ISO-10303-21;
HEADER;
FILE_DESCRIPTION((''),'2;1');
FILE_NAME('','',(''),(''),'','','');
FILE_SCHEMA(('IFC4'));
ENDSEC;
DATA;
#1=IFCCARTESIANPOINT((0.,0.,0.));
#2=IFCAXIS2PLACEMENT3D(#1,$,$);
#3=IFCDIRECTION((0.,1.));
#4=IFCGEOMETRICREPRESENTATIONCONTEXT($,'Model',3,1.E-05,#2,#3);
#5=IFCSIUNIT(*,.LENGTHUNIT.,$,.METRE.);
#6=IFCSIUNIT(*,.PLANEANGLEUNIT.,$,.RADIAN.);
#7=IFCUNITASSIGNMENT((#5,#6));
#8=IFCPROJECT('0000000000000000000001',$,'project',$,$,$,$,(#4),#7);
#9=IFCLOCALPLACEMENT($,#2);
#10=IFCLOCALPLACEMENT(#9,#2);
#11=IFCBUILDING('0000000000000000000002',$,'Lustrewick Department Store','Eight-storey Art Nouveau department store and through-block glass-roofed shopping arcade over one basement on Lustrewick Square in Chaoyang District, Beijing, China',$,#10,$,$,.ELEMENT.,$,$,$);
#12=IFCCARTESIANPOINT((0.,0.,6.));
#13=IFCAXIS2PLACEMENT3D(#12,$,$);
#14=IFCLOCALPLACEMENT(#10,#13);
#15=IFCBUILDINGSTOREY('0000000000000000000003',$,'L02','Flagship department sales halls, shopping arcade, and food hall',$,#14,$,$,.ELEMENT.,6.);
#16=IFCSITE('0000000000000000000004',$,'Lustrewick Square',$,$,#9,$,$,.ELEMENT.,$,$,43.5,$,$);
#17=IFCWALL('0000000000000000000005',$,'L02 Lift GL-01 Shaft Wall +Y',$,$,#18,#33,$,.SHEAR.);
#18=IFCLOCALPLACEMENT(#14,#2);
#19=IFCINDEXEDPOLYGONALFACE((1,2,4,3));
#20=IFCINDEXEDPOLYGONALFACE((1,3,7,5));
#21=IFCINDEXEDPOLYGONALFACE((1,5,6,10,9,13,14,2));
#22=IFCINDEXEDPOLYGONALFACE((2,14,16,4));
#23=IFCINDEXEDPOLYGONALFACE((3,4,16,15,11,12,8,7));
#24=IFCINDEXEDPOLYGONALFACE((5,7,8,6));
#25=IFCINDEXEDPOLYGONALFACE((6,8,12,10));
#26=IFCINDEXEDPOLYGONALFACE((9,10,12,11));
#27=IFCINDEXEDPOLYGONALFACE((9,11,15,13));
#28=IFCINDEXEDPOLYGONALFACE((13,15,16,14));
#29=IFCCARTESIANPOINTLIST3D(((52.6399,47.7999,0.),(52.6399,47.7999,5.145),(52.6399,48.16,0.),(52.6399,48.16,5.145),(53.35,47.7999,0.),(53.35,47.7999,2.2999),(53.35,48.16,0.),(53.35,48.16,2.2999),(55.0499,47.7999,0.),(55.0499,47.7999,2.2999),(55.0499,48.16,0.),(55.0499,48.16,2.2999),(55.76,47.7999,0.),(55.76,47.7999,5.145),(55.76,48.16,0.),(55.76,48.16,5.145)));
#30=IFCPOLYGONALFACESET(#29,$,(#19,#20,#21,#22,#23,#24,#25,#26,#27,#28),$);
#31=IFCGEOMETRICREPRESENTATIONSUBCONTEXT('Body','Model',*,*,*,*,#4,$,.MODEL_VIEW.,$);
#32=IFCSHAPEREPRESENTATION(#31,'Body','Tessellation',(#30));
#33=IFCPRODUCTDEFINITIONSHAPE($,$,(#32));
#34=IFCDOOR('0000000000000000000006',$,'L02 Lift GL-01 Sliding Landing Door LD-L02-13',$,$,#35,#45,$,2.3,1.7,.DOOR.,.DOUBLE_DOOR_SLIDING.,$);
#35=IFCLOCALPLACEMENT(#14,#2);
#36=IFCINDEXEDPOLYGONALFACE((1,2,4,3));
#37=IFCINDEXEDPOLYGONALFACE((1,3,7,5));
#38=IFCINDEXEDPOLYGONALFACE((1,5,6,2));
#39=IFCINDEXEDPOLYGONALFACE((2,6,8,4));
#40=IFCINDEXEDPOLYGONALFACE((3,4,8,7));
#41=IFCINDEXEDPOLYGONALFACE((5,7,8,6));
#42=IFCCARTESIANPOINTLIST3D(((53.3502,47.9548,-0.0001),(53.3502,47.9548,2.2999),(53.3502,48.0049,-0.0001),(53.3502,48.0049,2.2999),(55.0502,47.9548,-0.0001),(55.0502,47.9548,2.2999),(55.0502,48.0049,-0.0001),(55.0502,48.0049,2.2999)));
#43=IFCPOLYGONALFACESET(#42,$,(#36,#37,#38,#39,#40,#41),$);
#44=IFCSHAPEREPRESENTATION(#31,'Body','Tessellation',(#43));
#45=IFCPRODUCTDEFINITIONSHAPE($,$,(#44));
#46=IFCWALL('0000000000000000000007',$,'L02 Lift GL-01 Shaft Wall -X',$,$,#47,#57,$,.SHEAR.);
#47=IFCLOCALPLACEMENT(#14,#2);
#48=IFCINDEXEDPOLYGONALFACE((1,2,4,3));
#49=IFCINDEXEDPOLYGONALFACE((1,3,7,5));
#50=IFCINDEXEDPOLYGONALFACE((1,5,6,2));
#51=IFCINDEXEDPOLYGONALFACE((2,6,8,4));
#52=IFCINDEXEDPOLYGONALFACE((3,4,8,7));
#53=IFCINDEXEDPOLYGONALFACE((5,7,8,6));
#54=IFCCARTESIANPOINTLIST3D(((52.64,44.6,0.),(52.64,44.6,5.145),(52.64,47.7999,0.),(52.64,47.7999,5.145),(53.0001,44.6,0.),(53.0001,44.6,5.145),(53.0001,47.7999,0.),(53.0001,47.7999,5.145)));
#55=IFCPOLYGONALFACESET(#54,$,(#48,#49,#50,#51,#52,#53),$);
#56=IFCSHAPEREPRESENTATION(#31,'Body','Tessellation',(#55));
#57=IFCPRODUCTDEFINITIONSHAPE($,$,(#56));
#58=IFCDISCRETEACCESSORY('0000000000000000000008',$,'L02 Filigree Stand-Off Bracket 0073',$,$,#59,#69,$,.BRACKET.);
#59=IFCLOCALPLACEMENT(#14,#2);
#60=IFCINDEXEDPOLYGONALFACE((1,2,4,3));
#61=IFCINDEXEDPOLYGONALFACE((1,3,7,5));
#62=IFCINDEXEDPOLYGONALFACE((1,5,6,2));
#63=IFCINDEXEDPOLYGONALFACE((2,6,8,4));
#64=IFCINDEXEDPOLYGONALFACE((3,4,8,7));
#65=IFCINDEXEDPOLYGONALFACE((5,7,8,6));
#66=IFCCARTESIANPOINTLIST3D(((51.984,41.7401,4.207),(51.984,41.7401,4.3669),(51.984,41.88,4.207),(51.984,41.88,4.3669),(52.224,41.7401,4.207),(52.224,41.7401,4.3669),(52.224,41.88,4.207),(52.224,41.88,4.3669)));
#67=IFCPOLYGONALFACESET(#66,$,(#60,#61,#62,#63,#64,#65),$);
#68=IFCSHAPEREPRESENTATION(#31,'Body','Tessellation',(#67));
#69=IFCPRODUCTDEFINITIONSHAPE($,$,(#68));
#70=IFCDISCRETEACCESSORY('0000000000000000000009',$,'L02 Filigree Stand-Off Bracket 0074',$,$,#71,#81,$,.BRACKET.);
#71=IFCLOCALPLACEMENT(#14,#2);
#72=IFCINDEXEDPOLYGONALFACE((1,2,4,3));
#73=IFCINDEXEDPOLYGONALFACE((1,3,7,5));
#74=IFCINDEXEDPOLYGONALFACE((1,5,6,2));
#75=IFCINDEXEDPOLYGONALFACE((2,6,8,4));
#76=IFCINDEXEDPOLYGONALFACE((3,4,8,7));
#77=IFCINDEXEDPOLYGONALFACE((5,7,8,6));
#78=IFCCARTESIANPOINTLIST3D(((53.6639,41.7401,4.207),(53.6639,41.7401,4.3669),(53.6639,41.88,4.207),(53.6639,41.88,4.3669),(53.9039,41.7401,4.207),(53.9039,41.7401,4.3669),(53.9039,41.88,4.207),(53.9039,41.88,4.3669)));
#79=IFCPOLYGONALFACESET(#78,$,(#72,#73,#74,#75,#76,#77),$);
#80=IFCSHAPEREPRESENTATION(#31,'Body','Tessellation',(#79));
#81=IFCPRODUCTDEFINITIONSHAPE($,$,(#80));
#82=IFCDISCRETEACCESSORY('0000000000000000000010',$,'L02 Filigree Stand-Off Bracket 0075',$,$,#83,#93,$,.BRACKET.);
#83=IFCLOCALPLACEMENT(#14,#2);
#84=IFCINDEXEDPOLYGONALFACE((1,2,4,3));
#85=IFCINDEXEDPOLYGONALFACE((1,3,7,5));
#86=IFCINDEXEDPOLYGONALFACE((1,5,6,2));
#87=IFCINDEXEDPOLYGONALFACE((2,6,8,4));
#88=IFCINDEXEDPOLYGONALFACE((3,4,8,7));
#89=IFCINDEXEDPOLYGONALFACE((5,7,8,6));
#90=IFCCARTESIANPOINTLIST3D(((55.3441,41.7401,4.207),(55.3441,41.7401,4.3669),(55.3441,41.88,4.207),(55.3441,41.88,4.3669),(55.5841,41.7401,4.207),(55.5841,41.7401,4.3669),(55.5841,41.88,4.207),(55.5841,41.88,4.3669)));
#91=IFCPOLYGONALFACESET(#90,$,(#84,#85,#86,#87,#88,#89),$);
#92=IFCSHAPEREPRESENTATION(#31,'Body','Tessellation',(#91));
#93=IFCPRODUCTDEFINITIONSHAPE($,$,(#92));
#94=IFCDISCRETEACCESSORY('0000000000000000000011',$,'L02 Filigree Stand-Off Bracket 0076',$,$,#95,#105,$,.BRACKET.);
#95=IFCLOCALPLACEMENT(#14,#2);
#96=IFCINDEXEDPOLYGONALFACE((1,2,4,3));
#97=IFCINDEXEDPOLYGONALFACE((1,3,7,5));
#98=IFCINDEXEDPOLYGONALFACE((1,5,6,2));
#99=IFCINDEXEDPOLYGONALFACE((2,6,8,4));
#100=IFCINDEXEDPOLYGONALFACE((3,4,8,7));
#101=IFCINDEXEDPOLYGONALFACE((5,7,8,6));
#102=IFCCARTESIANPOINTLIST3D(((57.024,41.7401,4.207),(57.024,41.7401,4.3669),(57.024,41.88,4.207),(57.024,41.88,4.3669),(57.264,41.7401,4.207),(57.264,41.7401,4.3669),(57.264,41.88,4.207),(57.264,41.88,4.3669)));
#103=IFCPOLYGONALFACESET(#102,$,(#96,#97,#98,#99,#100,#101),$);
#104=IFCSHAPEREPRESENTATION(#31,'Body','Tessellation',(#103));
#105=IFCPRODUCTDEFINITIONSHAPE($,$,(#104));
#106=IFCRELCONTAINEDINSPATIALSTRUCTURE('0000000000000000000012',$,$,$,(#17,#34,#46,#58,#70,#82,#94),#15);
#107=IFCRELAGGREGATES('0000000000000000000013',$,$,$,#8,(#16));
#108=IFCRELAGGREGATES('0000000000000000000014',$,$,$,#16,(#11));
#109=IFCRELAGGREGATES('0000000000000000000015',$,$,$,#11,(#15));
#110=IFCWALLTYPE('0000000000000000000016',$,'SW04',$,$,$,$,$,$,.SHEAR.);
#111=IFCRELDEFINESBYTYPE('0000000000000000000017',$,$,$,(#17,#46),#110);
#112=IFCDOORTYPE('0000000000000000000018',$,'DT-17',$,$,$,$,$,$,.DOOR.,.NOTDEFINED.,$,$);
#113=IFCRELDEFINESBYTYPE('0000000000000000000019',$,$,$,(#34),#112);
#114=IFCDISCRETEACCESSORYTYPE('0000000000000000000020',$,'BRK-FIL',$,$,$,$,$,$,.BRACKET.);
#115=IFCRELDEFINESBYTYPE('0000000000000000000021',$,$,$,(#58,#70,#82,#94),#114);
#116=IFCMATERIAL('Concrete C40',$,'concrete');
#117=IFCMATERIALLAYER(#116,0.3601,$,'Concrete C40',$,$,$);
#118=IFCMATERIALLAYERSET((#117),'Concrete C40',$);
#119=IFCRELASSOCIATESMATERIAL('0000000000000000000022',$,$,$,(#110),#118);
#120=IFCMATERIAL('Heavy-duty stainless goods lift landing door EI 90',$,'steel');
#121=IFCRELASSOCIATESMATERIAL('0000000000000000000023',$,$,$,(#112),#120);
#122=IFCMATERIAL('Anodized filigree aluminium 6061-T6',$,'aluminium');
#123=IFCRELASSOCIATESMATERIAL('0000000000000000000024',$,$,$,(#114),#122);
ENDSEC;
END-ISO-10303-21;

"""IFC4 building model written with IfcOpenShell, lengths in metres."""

from ifc_helpers import new_model, si_unit, direction, frame, frame_2d, origin, origin_2d, place, context, subcontext, project, spatial, rectangle, extrude, material, layer, layer_set, type_object, element, fill, save


model = new_model("IFC4")

# Units and contexts
model_context = context("Model", 3, precision=1e-05, world=origin(), true_north=direction((0.0, 1.0)))
body_context = subcontext(model_context, "Body", "Model", "MODEL_VIEW")
ifc_project = project(units=[si_unit("LENGTHUNIT", "METRE"), si_unit("PLANEANGLEUNIT", "RADIAN")], contexts=[model_context])

# Site, building, storey
site_placement = place(None, origin())
site = spatial("IfcSite", under=ifc_project, at=site_placement, Name="Lustrewick Square", CompositionType="ELEMENT", RefElevation=43.5)
building_placement = place(site_placement, origin())
building = spatial("IfcBuilding", under=site, at=building_placement, Name="Lustrewick Department Store", Description="Eight-storey Art Nouveau department store and through-block glass-roofed shopping arcade over one basement on Lustrewick Square in Chaoyang District, Beijing, China", CompositionType="ELEMENT")
storey_placement = place(building_placement, frame((0.0, 0.0, 6.0)))
storey = spatial("IfcBuildingStorey", under=building, at=storey_placement, Name="L02", Description="Flagship department sales halls, shopping arcade, and food hall", CompositionType="ELEMENT", Elevation=6.0)

# Shared definitions
ifc_material_1 = material(Name="Concrete C40", Category="concrete")

# Shared definitions
ifc_layer_1 = layer(ifc_material_1, 0.3601, Name="Concrete C40")
ifc_layer_set_1 = layer_set([ifc_layer_1], Name="Concrete C40")
wall_type_1 = type_object("IfcWallType", Name="SW04", PredefinedType="SHEAR", material=ifc_layer_set_1)

# Wall, opening, door
wall_1_placement = place(storey_placement, frame((55.76, 47.98, 0.0), z_axis=(0.0, 0.0, 1.0), x_axis=(-1.0, 0.0, 0.0)))
wall_1 = element("IfcWall", 1, at=wall_1_placement, inside=storey, type_object=wall_type_1, Name="L02 Lift GL-01 Shaft Wall +Y", PredefinedType="SHEAR", context=body_context, shape_type="SweptSolid", body=[
    extrude(rectangle(XDim=3.1201, YDim=0.3601, at=frame_2d((1.5601, 0.0))), origin(), (0.0, 0.0, 1.0), 5.145),
])
opening_1_placement = place(wall_1_placement, frame((0.71, 0.0, 0.0)))
opening_1 = element("IfcOpeningElement", 2, at=opening_1_placement, cuts=wall_1, PredefinedType="OPENING", context=body_context, shape_type="SweptSolid", body=[
    extrude(rectangle(XDim=1.7, YDim=2.3, at=frame_2d((0.8501, 1.1499))), frame((0.0, 0.1899, 0.0), z_axis=(0.0, -1.0, 0.0), x_axis=(1.0, 0.0, 0.0)), (0.0, 0.0, 1.0), 0.3801),
])
ifc_material_2 = material(Name="Heavy-duty stainless goods lift landing door EI 90", Category="steel")
door_type_1 = type_object("IfcDoorType", Name="DT-17", OperationType="NOTDEFINED", PredefinedType="DOOR", material=ifc_material_2)
door_1_placement = place(opening_1_placement, frame((1.7, 0.0, 0.0), z_axis=(0.0, 0.0, 1.0), x_axis=(-1.0, 0.0, 0.0)))
door_1 = element("IfcDoor", 3, at=door_1_placement, inside=storey, type_object=door_type_1, Name="L02 Lift GL-01 Sliding Landing Door LD-L02-13", OperationType="DOUBLE_DOOR_SLIDING", OverallHeight=2.3, OverallWidth=1.7, PredefinedType="DOOR", context=body_context, shape_type="SweptSolid", body=[
    extrude(rectangle(XDim=1.7, YDim=2.3, at=frame_2d((0.8501, 1.1499))), frame((0.0, 0.0249, 0.0), z_axis=(0.0, -1.0, 0.0), x_axis=(1.0, 0.0, 0.0)), (0.0, 0.0, 1.0), 0.05),
])
fill(opening_1, door_1)

# Wall
wall_2_placement = place(storey_placement, frame((52.8201, 47.8, 0.0), z_axis=(0.0, 0.0, 1.0), x_axis=(0.0, -1.0, 0.0)))
element("IfcWall", 4, at=wall_2_placement, inside=storey, type_object=wall_type_1, Name="L02 Lift GL-01 Shaft Wall -X", PredefinedType="SHEAR", context=body_context, shape_type="SweptSolid", body=[
    extrude(rectangle(XDim=3.2, YDim=0.3601, at=frame_2d((1.6001, 0.0))), origin(), (0.0, 0.0, 1.0), 5.145),
])

# Discrete accessories
ifc_material_3 = material(Name="Anodized filigree aluminium 6061-T6", Category="aluminium")
discrete_accessory_type = type_object("IfcDiscreteAccessoryType", Name="BRK-FIL", PredefinedType="BRACKET", material=ifc_material_3)
for number, where, z_axis, x_axis, name in (
    (5, (52.104, 41.8101, 4.207), (0.0, 0.0, 1.0), (1.0, 0.0, 0.0), "L02 Filigree Stand-Off Bracket 0073"),
    (6, (53.7839, 41.8101, 4.207), (0.0, 0.0, 1.0), (1.0, 0.0, 0.0), "L02 Filigree Stand-Off Bracket 0074"),
    (7, (55.4641, 41.8101, 4.207), (0.0, 0.0, 1.0), (1.0, 0.0, 0.0), "L02 Filigree Stand-Off Bracket 0075"),
    (8, (57.144, 41.8101, 4.207), (0.0, 0.0, 1.0), (1.0, 0.0, 0.0), "L02 Filigree Stand-Off Bracket 0076"),
):
    element("IfcDiscreteAccessory", number, at=place(storey_placement, frame(where, z_axis=z_axis, x_axis=x_axis)), inside=storey, type_object=discrete_accessory_type, Name=name, PredefinedType="BRACKET", context=body_context, shape_type="SweptSolid", body=[
        extrude(rectangle(XDim=0.24, YDim=0.1399, at=origin_2d()), origin(), (0.0, 0.0, 1.0), 0.1599),
    ])

save(model, "model.ifc")
